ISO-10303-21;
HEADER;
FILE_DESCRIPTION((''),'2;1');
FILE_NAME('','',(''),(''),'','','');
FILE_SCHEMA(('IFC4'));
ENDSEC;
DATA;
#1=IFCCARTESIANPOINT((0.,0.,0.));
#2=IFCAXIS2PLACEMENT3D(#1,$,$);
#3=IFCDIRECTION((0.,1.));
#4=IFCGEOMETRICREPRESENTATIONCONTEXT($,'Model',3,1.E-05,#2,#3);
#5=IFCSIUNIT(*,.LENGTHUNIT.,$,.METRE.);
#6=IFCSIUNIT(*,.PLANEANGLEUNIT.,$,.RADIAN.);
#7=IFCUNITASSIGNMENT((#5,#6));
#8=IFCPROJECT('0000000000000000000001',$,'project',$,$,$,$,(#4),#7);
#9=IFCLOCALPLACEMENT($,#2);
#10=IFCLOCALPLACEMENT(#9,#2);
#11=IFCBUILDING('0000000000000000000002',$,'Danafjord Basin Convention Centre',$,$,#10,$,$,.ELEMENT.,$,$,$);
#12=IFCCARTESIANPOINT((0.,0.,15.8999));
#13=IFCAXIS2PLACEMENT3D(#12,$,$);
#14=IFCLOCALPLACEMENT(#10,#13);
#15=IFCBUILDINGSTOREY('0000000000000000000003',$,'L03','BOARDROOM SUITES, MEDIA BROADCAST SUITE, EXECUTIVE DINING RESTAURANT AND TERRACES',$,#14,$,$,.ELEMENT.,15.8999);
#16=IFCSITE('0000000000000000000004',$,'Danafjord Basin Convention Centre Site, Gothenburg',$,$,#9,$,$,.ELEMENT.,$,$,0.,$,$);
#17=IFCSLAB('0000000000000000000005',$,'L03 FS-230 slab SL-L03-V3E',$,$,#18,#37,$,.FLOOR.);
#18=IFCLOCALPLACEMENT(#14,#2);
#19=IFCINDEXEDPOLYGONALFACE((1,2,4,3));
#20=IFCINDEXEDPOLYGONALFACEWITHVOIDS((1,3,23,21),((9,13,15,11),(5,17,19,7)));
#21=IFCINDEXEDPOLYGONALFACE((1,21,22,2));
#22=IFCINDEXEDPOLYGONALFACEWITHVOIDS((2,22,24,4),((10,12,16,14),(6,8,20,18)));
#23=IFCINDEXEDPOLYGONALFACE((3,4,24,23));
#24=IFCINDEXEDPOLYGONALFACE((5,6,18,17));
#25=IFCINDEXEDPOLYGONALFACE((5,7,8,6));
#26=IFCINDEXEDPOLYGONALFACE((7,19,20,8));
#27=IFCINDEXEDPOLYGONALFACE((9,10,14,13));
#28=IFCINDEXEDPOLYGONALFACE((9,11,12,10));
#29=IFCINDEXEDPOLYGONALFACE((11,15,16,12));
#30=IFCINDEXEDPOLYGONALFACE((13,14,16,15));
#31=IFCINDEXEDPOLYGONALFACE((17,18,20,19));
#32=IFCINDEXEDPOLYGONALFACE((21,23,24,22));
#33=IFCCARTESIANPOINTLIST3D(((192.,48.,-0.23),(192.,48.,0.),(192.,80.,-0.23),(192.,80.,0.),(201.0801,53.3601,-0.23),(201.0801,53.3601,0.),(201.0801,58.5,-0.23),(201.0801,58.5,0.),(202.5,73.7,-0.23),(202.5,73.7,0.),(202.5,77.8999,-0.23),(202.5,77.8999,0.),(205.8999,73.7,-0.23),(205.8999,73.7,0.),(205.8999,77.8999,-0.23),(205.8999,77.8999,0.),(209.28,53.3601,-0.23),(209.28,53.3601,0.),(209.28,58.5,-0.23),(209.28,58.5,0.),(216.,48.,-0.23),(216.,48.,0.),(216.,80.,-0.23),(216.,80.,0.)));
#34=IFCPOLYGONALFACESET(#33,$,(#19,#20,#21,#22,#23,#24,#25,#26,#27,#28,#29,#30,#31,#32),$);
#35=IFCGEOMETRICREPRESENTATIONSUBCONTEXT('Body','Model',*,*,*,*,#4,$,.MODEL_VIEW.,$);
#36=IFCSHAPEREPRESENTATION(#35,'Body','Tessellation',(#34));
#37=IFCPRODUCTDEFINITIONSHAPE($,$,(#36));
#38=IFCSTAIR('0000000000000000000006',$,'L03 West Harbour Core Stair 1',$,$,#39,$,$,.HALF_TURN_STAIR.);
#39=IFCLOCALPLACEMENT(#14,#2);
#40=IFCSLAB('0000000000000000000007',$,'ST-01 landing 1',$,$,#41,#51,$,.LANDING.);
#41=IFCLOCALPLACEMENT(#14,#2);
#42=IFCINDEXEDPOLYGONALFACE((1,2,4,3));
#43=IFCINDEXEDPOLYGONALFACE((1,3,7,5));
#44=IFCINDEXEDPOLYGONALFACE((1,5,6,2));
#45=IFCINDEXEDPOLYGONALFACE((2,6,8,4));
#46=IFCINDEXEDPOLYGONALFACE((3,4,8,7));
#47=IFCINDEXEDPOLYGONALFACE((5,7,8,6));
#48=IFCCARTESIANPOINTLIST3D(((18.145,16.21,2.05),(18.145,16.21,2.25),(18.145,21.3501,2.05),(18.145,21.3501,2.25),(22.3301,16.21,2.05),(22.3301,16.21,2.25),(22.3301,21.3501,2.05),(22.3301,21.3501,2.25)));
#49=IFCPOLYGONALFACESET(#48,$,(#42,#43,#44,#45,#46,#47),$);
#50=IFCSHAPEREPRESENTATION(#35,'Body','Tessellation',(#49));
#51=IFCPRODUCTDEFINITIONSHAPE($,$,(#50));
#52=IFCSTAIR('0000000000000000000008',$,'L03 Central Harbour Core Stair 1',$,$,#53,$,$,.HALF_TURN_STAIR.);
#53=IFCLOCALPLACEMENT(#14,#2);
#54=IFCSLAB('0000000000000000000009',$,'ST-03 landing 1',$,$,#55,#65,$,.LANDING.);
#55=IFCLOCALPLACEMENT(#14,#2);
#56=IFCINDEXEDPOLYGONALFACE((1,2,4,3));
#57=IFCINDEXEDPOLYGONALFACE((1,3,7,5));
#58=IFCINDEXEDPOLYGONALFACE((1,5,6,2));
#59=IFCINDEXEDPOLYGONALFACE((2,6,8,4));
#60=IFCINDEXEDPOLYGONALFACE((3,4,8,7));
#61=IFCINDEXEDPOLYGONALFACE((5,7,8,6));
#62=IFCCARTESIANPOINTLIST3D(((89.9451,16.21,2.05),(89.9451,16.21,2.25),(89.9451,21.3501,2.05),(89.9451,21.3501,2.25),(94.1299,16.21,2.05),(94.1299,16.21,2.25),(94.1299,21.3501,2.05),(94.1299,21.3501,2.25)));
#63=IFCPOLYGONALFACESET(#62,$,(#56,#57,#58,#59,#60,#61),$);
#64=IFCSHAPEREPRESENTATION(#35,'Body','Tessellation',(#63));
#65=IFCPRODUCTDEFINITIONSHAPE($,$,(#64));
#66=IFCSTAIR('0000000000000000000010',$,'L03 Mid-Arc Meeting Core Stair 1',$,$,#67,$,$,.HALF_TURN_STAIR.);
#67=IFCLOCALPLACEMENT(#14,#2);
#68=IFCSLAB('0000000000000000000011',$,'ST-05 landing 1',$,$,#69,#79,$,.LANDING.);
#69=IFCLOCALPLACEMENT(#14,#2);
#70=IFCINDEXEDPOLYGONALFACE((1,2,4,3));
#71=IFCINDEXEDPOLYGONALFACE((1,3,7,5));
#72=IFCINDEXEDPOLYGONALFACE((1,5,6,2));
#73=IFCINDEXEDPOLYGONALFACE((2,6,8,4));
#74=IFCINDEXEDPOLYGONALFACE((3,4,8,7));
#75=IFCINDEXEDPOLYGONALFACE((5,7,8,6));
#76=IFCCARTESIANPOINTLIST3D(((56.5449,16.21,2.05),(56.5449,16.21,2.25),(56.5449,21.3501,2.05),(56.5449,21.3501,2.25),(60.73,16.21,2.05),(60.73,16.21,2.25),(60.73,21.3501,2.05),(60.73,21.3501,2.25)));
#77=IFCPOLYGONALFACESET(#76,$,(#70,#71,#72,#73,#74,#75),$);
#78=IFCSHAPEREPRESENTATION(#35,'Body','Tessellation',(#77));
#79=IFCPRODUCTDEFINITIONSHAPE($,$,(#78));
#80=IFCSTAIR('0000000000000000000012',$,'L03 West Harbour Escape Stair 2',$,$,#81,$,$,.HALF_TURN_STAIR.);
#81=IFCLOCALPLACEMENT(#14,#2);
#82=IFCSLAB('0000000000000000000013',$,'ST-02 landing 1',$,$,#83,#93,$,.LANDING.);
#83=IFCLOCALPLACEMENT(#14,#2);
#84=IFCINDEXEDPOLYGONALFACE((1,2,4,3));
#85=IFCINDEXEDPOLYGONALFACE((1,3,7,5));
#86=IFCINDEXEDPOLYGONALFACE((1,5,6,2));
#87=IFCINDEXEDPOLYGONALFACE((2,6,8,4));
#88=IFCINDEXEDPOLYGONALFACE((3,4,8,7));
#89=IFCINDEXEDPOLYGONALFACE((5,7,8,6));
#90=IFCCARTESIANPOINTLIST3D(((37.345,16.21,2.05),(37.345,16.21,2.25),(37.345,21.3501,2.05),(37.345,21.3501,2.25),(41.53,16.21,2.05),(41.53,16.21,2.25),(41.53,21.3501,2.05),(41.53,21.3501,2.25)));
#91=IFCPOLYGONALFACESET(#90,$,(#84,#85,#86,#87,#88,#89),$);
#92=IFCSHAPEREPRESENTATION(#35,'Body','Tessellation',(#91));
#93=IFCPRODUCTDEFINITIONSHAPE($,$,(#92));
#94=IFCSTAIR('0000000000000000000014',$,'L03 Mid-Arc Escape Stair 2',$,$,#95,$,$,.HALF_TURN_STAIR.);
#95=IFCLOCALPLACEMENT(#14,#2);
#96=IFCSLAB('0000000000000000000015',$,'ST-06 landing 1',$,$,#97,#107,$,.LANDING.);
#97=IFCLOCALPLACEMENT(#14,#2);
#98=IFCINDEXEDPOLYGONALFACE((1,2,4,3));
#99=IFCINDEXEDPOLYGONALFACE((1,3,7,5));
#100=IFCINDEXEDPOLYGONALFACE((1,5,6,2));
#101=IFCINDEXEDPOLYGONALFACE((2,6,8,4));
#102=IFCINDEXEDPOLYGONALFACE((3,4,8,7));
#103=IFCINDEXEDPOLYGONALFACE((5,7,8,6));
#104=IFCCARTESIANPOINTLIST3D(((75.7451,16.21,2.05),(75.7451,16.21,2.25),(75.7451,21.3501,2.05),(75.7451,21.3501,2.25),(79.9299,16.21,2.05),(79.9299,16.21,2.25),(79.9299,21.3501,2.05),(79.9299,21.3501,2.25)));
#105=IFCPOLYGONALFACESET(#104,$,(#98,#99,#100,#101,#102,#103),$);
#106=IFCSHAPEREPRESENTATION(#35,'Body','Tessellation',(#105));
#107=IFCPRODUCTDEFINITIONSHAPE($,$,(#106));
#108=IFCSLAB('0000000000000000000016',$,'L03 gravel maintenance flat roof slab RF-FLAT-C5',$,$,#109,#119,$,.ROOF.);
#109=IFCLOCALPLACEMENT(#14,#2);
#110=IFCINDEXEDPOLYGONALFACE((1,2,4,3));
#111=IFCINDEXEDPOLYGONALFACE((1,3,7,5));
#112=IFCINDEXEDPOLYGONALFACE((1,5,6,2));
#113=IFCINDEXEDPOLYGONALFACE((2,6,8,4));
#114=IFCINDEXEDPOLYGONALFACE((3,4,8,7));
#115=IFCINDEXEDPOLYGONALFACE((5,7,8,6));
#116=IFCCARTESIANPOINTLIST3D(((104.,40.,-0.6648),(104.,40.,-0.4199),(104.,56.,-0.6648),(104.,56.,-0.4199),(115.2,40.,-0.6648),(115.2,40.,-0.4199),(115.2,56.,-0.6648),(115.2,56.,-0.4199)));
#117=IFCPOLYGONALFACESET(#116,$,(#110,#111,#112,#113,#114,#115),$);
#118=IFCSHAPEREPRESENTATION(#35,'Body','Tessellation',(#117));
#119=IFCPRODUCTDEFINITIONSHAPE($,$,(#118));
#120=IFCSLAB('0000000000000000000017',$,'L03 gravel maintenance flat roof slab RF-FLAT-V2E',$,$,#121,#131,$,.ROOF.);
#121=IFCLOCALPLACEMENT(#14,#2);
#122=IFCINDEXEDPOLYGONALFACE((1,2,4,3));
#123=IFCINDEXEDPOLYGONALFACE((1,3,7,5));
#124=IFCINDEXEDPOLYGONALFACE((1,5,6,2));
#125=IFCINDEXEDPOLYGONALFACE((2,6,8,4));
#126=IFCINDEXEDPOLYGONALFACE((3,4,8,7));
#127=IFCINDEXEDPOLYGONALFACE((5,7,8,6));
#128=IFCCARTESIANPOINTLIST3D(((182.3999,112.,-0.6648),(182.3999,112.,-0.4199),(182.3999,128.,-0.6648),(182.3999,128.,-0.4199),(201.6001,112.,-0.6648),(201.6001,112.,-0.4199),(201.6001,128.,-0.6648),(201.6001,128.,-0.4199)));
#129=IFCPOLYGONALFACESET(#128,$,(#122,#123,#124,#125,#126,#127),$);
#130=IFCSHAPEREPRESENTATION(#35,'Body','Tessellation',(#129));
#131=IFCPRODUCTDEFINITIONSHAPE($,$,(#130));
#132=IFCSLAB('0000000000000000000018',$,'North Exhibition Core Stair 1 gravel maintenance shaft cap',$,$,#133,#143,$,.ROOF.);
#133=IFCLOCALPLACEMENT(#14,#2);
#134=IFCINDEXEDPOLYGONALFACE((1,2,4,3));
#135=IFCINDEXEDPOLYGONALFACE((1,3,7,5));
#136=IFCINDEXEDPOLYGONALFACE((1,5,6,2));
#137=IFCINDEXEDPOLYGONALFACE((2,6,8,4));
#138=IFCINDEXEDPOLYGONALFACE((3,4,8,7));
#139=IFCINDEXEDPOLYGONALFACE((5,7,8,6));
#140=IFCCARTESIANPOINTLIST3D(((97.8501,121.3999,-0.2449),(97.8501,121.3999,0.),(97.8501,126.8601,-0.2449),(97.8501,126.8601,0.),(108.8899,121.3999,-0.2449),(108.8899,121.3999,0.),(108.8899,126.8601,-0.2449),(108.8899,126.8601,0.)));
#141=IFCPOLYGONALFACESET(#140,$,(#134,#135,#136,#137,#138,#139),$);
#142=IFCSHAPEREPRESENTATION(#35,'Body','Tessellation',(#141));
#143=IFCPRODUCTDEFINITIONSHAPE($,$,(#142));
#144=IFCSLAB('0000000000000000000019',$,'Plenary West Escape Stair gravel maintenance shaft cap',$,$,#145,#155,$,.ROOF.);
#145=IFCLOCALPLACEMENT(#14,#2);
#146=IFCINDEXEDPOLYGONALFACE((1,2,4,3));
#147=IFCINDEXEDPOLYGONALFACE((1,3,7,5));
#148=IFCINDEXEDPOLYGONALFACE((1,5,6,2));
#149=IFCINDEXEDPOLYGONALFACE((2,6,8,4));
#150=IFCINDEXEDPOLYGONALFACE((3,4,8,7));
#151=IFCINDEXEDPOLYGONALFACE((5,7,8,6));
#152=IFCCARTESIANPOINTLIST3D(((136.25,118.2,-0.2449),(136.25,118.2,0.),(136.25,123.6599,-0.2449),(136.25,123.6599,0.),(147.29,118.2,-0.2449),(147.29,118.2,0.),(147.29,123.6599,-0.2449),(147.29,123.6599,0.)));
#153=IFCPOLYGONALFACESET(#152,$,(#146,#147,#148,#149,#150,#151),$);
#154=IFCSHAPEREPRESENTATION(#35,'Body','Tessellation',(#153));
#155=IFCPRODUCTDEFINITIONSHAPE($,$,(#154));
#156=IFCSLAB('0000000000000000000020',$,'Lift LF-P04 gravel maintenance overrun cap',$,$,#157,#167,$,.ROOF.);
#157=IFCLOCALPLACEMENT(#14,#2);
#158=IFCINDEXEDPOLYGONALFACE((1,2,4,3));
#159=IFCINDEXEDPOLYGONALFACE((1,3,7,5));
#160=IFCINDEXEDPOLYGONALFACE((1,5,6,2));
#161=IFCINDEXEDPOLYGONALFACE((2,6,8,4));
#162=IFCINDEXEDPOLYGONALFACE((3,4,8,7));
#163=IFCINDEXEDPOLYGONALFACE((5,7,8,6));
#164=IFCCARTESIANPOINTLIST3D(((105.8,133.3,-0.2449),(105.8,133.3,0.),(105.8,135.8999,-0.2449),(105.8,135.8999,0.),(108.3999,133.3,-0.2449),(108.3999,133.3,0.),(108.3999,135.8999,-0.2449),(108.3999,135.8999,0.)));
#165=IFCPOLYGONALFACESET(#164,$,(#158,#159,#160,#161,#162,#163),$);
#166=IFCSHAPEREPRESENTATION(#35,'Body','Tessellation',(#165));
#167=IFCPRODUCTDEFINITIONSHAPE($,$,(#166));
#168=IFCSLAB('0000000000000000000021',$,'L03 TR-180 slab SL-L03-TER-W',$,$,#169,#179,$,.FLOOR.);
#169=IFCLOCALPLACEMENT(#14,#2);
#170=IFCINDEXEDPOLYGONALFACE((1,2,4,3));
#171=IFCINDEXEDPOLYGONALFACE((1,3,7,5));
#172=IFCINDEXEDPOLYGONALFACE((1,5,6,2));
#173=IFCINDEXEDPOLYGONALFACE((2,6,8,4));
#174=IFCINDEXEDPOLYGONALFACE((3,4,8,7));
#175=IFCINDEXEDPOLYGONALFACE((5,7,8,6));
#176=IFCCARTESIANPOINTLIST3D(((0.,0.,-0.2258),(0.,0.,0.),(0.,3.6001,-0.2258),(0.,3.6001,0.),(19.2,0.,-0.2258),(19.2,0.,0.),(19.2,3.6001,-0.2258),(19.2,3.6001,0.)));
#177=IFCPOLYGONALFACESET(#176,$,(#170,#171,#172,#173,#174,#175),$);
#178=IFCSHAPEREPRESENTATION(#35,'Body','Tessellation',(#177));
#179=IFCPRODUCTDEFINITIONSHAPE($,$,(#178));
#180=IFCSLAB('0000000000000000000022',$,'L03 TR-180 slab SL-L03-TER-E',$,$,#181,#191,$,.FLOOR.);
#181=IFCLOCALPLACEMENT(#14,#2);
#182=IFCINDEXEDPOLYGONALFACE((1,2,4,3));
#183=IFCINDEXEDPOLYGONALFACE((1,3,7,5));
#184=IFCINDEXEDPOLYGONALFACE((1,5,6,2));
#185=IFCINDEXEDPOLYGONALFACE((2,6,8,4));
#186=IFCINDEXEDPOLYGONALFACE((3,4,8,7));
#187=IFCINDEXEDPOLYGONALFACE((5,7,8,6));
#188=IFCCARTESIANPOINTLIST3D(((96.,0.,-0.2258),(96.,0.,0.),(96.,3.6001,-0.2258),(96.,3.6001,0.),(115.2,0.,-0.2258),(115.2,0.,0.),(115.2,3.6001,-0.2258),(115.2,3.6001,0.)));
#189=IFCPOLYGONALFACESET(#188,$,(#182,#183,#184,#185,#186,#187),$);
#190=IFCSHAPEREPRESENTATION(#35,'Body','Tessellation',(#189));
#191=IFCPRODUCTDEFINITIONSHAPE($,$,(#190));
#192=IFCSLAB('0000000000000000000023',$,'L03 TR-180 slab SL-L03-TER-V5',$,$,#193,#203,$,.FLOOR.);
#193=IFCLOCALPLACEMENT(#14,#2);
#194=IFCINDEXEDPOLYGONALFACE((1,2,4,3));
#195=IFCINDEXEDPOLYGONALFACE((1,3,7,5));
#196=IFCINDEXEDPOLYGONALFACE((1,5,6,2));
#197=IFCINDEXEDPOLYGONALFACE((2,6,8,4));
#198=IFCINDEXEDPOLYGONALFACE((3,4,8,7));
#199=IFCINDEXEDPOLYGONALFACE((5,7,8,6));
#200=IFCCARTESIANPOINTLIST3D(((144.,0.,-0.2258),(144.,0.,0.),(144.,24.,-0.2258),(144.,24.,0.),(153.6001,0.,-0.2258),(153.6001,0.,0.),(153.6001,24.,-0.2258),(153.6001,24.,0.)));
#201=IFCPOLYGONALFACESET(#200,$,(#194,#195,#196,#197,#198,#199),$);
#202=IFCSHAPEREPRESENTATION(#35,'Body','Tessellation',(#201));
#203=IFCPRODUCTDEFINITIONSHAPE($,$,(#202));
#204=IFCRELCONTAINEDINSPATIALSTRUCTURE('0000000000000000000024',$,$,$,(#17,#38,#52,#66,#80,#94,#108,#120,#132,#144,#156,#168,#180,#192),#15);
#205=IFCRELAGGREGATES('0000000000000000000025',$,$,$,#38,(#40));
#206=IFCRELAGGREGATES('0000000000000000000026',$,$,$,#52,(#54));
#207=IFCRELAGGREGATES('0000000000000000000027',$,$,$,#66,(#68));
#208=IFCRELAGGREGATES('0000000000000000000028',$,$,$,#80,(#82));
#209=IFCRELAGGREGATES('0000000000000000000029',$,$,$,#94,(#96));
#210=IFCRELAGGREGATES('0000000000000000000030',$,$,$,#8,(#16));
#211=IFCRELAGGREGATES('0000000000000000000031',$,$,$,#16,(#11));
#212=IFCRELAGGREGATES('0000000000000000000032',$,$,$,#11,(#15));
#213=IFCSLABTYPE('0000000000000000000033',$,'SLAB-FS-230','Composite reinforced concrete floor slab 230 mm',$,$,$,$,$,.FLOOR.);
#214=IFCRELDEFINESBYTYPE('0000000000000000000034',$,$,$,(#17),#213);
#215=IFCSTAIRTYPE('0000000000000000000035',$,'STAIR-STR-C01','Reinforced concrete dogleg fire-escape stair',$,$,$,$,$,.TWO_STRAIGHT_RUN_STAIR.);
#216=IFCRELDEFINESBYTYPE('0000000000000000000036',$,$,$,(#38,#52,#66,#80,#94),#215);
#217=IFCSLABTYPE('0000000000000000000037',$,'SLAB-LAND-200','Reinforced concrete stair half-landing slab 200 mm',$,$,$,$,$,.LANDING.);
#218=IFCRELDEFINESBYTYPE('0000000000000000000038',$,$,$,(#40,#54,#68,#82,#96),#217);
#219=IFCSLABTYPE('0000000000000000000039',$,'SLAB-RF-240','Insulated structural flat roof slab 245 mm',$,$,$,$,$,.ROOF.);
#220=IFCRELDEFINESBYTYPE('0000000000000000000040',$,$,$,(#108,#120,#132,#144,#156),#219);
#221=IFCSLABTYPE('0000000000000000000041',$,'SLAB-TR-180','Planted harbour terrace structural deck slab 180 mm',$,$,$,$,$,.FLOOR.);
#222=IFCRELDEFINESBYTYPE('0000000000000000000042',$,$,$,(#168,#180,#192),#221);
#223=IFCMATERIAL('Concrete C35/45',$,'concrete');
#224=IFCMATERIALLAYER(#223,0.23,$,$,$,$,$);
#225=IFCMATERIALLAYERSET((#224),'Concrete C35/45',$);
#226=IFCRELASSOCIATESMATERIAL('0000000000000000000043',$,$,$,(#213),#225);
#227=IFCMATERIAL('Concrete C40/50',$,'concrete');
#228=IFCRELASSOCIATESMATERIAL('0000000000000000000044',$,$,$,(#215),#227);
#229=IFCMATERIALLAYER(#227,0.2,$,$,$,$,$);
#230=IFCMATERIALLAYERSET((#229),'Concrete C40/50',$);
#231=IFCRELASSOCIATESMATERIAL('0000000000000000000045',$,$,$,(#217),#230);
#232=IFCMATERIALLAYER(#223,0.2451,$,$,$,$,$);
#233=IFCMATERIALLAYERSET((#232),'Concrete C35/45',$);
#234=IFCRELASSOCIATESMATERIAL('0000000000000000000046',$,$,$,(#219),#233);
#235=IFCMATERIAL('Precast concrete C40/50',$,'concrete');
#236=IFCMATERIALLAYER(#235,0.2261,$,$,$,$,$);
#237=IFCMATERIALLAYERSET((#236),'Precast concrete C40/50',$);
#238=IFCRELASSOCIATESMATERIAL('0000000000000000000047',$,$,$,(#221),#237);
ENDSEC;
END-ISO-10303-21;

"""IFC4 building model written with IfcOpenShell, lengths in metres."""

from ifc_helpers import new_model, si_unit, direction, frame, origin, place, context, subcontext, project, spatial, polyline, outline, extrude, material, layer, layer_set, type_object, element, aggregate, save


model = new_model("IFC4")

# Units and contexts
model_context = context("Model", 3, precision=1e-05, world=origin(), true_north=direction((0.0, 1.0)))
body_context = subcontext(model_context, "Body", "Model", "MODEL_VIEW")
ifc_project = project(units=[si_unit("LENGTHUNIT", "METRE"), si_unit("PLANEANGLEUNIT", "RADIAN")], contexts=[model_context])

# Site, building, storey
site_placement = place(None, origin())
site = spatial("IfcSite", under=ifc_project, at=site_placement, Name="Danafjord Basin Convention Centre Site, Gothenburg", CompositionType="ELEMENT", RefElevation=0.0)
building_placement = place(site_placement, origin())
building = spatial("IfcBuilding", under=site, at=building_placement, Name="Danafjord Basin Convention Centre", CompositionType="ELEMENT")
storey_placement = place(building_placement, frame((0.0, 0.0, 15.8999)))
storey = spatial("IfcBuildingStorey", under=building, at=storey_placement, Name="L03", Description="BOARDROOM SUITES, MEDIA BROADCAST SUITE, EXECUTIVE DINING RESTAURANT AND TERRACES", CompositionType="ELEMENT", Elevation=15.8999)

# Slab
ifc_material_1 = material(Name="Concrete C35/45", Category="concrete")
ifc_layer_1 = layer(ifc_material_1, 0.23)
ifc_layer_set_1 = layer_set([ifc_layer_1], Name="Concrete C35/45")
slab_type_1 = type_object("IfcSlabType", Name="SLAB-FS-230", Description="Composite reinforced concrete floor slab 230 mm", PredefinedType="FLOOR", material=ifc_layer_set_1)
slab_1_placement = place(storey_placement, frame((0.0, 0.0, -0.23)))
element("IfcSlab", 1, at=slab_1_placement, inside=storey, type_object=slab_type_1, Name="L03 FS-230 slab SL-L03-V3E", PredefinedType="FLOOR", context=body_context, shape_type="SweptSolid", body=[
    extrude(outline(polyline([(192.0, 80.0), (216.0, 80.0), (216.0, 48.0), (192.0, 48.0), (192.0, 80.0)]), holes=[polyline([(201.0801, 53.3601), (209.28, 53.3601), (209.28, 58.5), (201.0801, 58.5), (201.0801, 53.3601)]), polyline([(202.5, 73.7), (205.8999, 73.7), (205.8999, 77.8999), (202.5, 77.8999), (202.5, 73.7)])]), origin(), (0.0, 0.0, 1.0), 0.23),
])

# Stairs, slabs
ifc_material_2 = material(Name="Concrete C40/50", Category="concrete")
stair_type = type_object("IfcStairType", Name="STAIR-STR-C01", Description="Reinforced concrete dogleg fire-escape stair", PredefinedType="TWO_STRAIGHT_RUN_STAIR", material=ifc_material_2)
stair_1_placement = place(storey_placement, origin())
stair_1 = element("IfcStair", 2, at=stair_1_placement, inside=storey, type_object=stair_type, Name="L03 West Harbour Core Stair 1", PredefinedType="HALF_TURN_STAIR")
ifc_layer_2 = layer(ifc_material_2, 0.2)
ifc_layer_set_2 = layer_set([ifc_layer_2], Name="Concrete C40/50")
slab_type_2 = type_object("IfcSlabType", Name="SLAB-LAND-200", Description="Reinforced concrete stair half-landing slab 200 mm", PredefinedType="LANDING", material=ifc_layer_set_2)
slab_2_placement = place(storey_placement, frame((0.0, 0.0, 2.05)))
slab_2 = element("IfcSlab", 3, at=slab_2_placement, type_object=slab_type_2, Name="ST-01 landing 1", PredefinedType="LANDING", context=body_context, shape_type="SweptSolid", body=[
    extrude(outline(polyline([(18.145, 16.21), (22.3301, 16.21), (22.3301, 21.3501), (18.145, 21.3501), (18.145, 16.21)])), origin(), (0.0, 0.0, 1.0), 0.2),
])
aggregate(stair_1, [slab_2])
stair_2_placement = place(storey_placement, origin())
stair_2 = element("IfcStair", 4, at=stair_2_placement, inside=storey, type_object=stair_type, Name="L03 Central Harbour Core Stair 1", PredefinedType="HALF_TURN_STAIR")
slab_3_placement = place(storey_placement, frame((0.0, 0.0, 2.05)))
slab_3 = element("IfcSlab", 5, at=slab_3_placement, type_object=slab_type_2, Name="ST-03 landing 1", PredefinedType="LANDING", context=body_context, shape_type="SweptSolid", body=[
    extrude(outline(polyline([(89.9451, 16.21), (94.1299, 16.21), (94.1299, 21.3501), (89.9451, 21.3501), (89.9451, 16.21)])), origin(), (0.0, 0.0, 1.0), 0.2),
])
aggregate(stair_2, [slab_3])
stair_3_placement = place(storey_placement, origin())
stair_3 = element("IfcStair", 6, at=stair_3_placement, inside=storey, type_object=stair_type, Name="L03 Mid-Arc Meeting Core Stair 1", PredefinedType="HALF_TURN_STAIR")
slab_4_placement = place(storey_placement, frame((0.0, 0.0, 2.05)))
slab_4 = element("IfcSlab", 7, at=slab_4_placement, type_object=slab_type_2, Name="ST-05 landing 1", PredefinedType="LANDING", context=body_context, shape_type="SweptSolid", body=[
    extrude(outline(polyline([(56.5449, 16.21), (60.73, 16.21), (60.73, 21.3501), (56.5449, 21.3501), (56.5449, 16.21)])), origin(), (0.0, 0.0, 1.0), 0.2),
])
aggregate(stair_3, [slab_4])
stair_4_placement = place(storey_placement, origin())
stair_4 = element("IfcStair", 8, at=stair_4_placement, inside=storey, type_object=stair_type, Name="L03 West Harbour Escape Stair 2", PredefinedType="HALF_TURN_STAIR")
slab_5_placement = place(storey_placement, frame((0.0, 0.0, 2.05)))
slab_5 = element("IfcSlab", 9, at=slab_5_placement, type_object=slab_type_2, Name="ST-02 landing 1", PredefinedType="LANDING", context=body_context, shape_type="SweptSolid", body=[
    extrude(outline(polyline([(37.345, 16.21), (41.53, 16.21), (41.53, 21.3501), (37.345, 21.3501), (37.345, 16.21)])), origin(), (0.0, 0.0, 1.0), 0.2),
])
aggregate(stair_4, [slab_5])
stair_5_placement = place(storey_placement, origin())
stair_5 = element("IfcStair", 10, at=stair_5_placement, inside=storey, type_object=stair_type, Name="L03 Mid-Arc Escape Stair 2", PredefinedType="HALF_TURN_STAIR")
slab_6_placement = place(storey_placement, frame((0.0, 0.0, 2.05)))
slab_6 = element("IfcSlab", 11, at=slab_6_placement, type_object=slab_type_2, Name="ST-06 landing 1", PredefinedType="LANDING", context=body_context, shape_type="SweptSolid", body=[
    extrude(outline(polyline([(75.7451, 16.21), (79.9299, 16.21), (79.9299, 21.3501), (75.7451, 21.3501), (75.7451, 16.21)])), origin(), (0.0, 0.0, 1.0), 0.2),
])
aggregate(stair_5, [slab_6])

# Slabs
ifc_layer_3 = layer(ifc_material_1, 0.2451)
ifc_layer_set_3 = layer_set([ifc_layer_3], Name="Concrete C35/45")
slab_type_3 = type_object("IfcSlabType", Name="SLAB-RF-240", Description="Insulated structural flat roof slab 245 mm", PredefinedType="ROOF", material=ifc_layer_set_3)
slab_7_placement = place(storey_placement, frame((0.0, 0.0, -0.6648)))
element("IfcSlab", 12, at=slab_7_placement, inside=storey, type_object=slab_type_3, Name="L03 gravel maintenance flat roof slab RF-FLAT-C5", PredefinedType="ROOF", context=body_context, shape_type="SweptSolid", body=[
    extrude(outline(polyline([(104.0, 40.0), (104.0, 56.0), (115.2, 56.0), (115.2, 40.0), (104.0, 40.0)])), origin(), (0.0, 0.0, 1.0), 0.2449),
])
slab_8_placement = place(storey_placement, frame((0.0, 0.0, -0.6648)))
element("IfcSlab", 13, at=slab_8_placement, inside=storey, type_object=slab_type_3, Name="L03 gravel maintenance flat roof slab RF-FLAT-V2E", PredefinedType="ROOF", context=body_context, shape_type="SweptSolid", body=[
    extrude(outline(polyline([(182.3999, 112.0), (182.3999, 128.0), (201.6001, 128.0), (201.6001, 112.0), (182.3999, 112.0)])), origin(), (0.0, 0.0, 1.0), 0.2449),
])
slab_9_placement = place(storey_placement, frame((0.0, 0.0, -0.2449)))
element("IfcSlab", 14, at=slab_9_placement, inside=storey, type_object=slab_type_3, Name="North Exhibition Core Stair 1 gravel maintenance shaft cap", PredefinedType="ROOF", context=body_context, shape_type="SweptSolid", body=[
    extrude(outline(polyline([(97.8501, 121.3999), (108.8899, 121.3999), (108.8899, 126.8601), (97.8501, 126.8601), (97.8501, 121.3999)])), origin(), (0.0, 0.0, 1.0), 0.2449),
])
slab_10_placement = place(storey_placement, frame((0.0, 0.0, -0.2449)))
element("IfcSlab", 15, at=slab_10_placement, inside=storey, type_object=slab_type_3, Name="Plenary West Escape Stair gravel maintenance shaft cap", PredefinedType="ROOF", context=body_context, shape_type="SweptSolid", body=[
    extrude(outline(polyline([(136.25, 118.2), (147.29, 118.2), (147.29, 123.6599), (136.25, 123.6599), (136.25, 118.2)])), origin(), (0.0, 0.0, 1.0), 0.2449),
])
slab_11_placement = place(storey_placement, frame((0.0, 0.0, -0.2449)))
element("IfcSlab", 16, at=slab_11_placement, inside=storey, type_object=slab_type_3, Name="Lift LF-P04 gravel maintenance overrun cap", PredefinedType="ROOF", context=body_context, shape_type="SweptSolid", body=[
    extrude(outline(polyline([(105.8, 133.3), (108.3999, 133.3), (108.3999, 135.8999), (105.8, 135.8999), (105.8, 133.3)])), origin(), (0.0, 0.0, 1.0), 0.2449),
])
ifc_material_3 = material(Name="Precast concrete C40/50", Category="concrete")
ifc_layer_4 = layer(ifc_material_3, 0.2261)
ifc_layer_set_4 = layer_set([ifc_layer_4], Name="Precast concrete C40/50")
slab_type_4 = type_object("IfcSlabType", Name="SLAB-TR-180", Description="Planted harbour terrace structural deck slab 180 mm", PredefinedType="FLOOR", material=ifc_layer_set_4)
slab_12_placement = place(storey_placement, frame((0.0, 0.0, -0.2258)))
element("IfcSlab", 17, at=slab_12_placement, inside=storey, type_object=slab_type_4, Name="L03 TR-180 slab SL-L03-TER-W", PredefinedType="FLOOR", context=body_context, shape_type="SweptSolid", body=[
    extrude(outline(polyline([(0.0, 0.0), (0.0, 3.6001), (19.2, 3.6001), (19.2, 0.0), (0.0, 0.0)])), origin(), (0.0, 0.0, 1.0), 0.2258),
])
slab_13_placement = place(storey_placement, frame((0.0, 0.0, -0.2258)))
element("IfcSlab", 18, at=slab_13_placement, inside=storey, type_object=slab_type_4, Name="L03 TR-180 slab SL-L03-TER-E", PredefinedType="FLOOR", context=body_context, shape_type="SweptSolid", body=[
    extrude(outline(polyline([(96.0, 0.0), (96.0, 3.6001), (115.2, 3.6001), (115.2, 0.0), (96.0, 0.0)])), origin(), (0.0, 0.0, 1.0), 0.2258),
])
slab_14_placement = place(storey_placement, frame((0.0, 0.0, -0.2258)))
element("IfcSlab", 19, at=slab_14_placement, inside=storey, type_object=slab_type_4, Name="L03 TR-180 slab SL-L03-TER-V5", PredefinedType="FLOOR", context=body_context, shape_type="SweptSolid", body=[
    extrude(outline(polyline([(144.0, 0.0), (144.0, 24.0), (153.6001, 24.0), (153.6001, 0.0), (144.0, 0.0)])), origin(), (0.0, 0.0, 1.0), 0.2258),
])

save(model, "model.ifc")
